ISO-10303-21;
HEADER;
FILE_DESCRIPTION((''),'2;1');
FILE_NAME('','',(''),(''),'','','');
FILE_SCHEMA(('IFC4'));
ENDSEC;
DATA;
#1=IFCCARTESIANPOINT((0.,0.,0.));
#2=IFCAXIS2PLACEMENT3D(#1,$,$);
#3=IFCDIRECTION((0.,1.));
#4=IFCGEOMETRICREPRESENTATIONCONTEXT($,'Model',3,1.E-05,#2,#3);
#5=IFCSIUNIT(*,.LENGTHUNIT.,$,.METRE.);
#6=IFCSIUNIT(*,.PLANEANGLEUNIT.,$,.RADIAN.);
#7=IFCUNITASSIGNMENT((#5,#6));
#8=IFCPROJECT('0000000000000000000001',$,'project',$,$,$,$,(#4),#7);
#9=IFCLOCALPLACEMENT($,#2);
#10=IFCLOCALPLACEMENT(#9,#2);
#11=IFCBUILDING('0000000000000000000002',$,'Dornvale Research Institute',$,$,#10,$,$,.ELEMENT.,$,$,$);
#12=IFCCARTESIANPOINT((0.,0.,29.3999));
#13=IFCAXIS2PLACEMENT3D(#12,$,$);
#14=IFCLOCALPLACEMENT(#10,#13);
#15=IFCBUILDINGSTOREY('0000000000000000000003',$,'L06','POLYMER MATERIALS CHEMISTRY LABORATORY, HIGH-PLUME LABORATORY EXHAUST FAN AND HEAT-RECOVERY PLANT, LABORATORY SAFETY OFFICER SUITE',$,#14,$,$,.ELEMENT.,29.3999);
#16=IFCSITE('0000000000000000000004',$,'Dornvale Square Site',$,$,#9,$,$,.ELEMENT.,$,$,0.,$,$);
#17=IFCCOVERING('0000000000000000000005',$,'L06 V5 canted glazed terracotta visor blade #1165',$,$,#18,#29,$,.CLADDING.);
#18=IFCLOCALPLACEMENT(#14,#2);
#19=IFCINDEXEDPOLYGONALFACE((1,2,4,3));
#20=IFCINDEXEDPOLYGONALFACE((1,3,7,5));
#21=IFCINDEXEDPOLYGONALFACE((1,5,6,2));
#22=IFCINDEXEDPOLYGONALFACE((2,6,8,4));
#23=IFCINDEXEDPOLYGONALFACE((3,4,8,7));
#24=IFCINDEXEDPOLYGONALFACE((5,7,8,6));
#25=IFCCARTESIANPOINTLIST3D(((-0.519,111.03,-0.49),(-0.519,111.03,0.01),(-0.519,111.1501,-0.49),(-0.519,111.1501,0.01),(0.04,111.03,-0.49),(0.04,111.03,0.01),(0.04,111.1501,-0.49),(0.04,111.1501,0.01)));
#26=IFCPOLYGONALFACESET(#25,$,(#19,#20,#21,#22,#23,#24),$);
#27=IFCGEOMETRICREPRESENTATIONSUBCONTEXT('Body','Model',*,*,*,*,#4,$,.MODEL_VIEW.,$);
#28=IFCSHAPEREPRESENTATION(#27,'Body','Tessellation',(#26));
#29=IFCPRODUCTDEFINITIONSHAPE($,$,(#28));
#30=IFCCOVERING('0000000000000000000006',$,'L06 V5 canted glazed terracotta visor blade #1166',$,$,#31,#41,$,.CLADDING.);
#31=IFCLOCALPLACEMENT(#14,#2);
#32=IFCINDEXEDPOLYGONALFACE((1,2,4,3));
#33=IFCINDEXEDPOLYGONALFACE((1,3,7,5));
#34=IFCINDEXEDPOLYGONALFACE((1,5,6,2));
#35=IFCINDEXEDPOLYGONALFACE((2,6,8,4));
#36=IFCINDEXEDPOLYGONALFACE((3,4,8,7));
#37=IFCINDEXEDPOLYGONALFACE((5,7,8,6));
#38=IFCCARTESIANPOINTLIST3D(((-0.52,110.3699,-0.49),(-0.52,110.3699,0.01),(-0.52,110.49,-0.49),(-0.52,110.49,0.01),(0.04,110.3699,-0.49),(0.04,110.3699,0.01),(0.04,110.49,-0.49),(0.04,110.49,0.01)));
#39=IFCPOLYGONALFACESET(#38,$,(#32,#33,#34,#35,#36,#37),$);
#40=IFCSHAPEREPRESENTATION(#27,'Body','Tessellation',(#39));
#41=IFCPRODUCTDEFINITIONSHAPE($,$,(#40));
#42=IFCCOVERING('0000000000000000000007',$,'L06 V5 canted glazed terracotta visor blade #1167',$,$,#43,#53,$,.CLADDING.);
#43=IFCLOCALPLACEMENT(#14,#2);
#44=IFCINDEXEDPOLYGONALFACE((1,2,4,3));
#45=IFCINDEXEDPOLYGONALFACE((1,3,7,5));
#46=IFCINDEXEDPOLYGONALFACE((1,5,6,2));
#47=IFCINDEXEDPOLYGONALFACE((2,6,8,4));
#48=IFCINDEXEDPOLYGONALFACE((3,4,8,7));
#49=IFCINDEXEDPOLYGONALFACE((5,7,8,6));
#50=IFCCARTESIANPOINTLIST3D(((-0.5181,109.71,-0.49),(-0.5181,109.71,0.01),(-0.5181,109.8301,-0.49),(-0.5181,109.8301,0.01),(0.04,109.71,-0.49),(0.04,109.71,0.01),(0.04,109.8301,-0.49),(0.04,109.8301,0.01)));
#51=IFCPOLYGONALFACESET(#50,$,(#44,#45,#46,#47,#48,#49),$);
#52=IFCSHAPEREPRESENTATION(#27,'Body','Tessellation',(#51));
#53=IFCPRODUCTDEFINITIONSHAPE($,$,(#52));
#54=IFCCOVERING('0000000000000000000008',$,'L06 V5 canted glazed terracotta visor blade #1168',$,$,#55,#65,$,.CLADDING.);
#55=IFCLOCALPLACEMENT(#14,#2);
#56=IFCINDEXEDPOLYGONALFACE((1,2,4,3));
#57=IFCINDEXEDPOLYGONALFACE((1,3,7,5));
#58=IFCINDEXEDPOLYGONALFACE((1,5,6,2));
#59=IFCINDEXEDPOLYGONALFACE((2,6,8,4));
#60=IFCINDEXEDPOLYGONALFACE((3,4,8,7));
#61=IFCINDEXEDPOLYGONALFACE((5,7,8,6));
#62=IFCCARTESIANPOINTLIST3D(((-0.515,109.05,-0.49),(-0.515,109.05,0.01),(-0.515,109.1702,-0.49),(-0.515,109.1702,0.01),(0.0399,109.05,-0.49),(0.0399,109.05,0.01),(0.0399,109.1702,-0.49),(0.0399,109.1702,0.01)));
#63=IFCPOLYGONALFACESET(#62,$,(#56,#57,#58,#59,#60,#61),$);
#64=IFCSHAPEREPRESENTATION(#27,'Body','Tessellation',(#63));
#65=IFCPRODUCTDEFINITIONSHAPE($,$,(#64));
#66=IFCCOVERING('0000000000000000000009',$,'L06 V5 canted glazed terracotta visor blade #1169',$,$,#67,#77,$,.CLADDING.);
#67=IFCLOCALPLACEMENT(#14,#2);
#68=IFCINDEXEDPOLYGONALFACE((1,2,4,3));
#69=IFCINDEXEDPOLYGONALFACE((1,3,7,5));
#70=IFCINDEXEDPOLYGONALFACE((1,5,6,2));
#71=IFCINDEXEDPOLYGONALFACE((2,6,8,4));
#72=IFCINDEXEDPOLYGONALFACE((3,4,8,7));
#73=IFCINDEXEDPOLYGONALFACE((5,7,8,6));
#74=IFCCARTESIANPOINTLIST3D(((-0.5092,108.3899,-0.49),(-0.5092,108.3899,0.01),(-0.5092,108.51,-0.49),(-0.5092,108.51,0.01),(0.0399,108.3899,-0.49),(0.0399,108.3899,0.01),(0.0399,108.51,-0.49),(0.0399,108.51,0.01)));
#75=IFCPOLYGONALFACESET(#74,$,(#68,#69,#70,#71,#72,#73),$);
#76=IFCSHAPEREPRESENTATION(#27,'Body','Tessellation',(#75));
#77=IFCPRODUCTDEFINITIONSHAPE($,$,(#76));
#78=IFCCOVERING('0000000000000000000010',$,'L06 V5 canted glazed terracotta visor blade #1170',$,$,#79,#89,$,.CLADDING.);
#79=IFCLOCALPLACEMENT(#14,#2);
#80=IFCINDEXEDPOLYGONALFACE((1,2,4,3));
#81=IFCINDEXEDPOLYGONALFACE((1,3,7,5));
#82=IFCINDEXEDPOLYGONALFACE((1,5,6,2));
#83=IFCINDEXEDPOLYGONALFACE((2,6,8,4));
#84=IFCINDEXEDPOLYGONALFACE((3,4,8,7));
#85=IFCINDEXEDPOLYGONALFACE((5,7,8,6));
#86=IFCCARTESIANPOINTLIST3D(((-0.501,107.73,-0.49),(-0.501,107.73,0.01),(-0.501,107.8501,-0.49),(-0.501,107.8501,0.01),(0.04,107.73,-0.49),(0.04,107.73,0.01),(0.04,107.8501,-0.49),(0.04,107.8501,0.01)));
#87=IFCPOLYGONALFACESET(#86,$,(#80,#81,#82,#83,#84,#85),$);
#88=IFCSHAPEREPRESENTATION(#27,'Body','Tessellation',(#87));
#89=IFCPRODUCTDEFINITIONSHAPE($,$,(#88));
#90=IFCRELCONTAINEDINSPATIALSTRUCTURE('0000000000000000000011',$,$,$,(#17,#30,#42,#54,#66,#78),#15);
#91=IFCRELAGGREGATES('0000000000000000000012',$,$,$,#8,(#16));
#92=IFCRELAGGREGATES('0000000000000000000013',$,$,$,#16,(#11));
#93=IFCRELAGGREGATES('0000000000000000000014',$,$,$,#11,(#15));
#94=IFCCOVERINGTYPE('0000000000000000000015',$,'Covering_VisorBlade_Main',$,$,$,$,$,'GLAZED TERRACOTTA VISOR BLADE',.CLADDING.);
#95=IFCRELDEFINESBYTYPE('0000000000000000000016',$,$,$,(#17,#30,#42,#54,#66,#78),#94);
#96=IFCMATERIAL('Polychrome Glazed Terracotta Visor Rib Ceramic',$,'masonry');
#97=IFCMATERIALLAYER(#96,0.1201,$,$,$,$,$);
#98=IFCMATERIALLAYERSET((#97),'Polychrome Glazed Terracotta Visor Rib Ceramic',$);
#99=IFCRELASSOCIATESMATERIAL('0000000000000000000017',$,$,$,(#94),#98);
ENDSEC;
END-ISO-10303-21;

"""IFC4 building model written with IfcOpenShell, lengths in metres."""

from ifc_helpers import new_model, si_unit, direction, frame, origin, origin_2d, place, context, subcontext, project, spatial, rectangle, extrude, material, layer, layer_set, type_object, element, save


model = new_model("IFC4")

# Units and contexts
model_context = context("Model", 3, precision=1e-05, world=origin(), true_north=direction((0.0, 1.0)))
body_context = subcontext(model_context, "Body", "Model", "MODEL_VIEW")
ifc_project = project(units=[si_unit("LENGTHUNIT", "METRE"), si_unit("PLANEANGLEUNIT", "RADIAN")], contexts=[model_context])

# Site, building, storey
site_placement = place(None, origin())
site = spatial("IfcSite", under=ifc_project, at=site_placement, Name="Dornvale Square Site", CompositionType="ELEMENT", RefElevation=0.0)
building_placement = place(site_placement, origin())
building = spatial("IfcBuilding", under=site, at=building_placement, Name="Dornvale Research Institute", CompositionType="ELEMENT")
storey_placement = place(building_placement, frame((0.0, 0.0, 29.3999)))
storey = spatial("IfcBuildingStorey", under=building, at=storey_placement, Name="L06", Description="POLYMER MATERIALS CHEMISTRY LABORATORY, HIGH-PLUME LABORATORY EXHAUST FAN AND HEAT-RECOVERY PLANT, LABORATORY SAFETY OFFICER SUITE", CompositionType="ELEMENT", Elevation=29.3999)

# Coverings
ifc_material_1 = material(Name="Polychrome Glazed Terracotta Visor Rib Ceramic", Category="masonry")
ifc_layer_1 = layer(ifc_material_1, 0.1201)
ifc_layer_set_1 = layer_set([ifc_layer_1], Name="Polychrome Glazed Terracotta Visor Rib Ceramic")
covering_type = type_object("IfcCoveringType", Name="Covering_VisorBlade_Main", ElementType="GLAZED TERRACOTTA VISOR BLADE", PredefinedType="CLADDING", material=ifc_layer_set_1)
covering_1_placement = place(storey_placement, frame((-0.2395, 111.0901, -0.49), z_axis=(0.0, 0.0, 1.0), x_axis=(1.0, 0.0, 0.0)))
element("IfcCovering", 1, at=covering_1_placement, inside=storey, type_object=covering_type, Name="L06 V5 canted glazed terracotta visor blade #1165", PredefinedType="CLADDING", context=body_context, shape_type="SweptSolid", body=[
    extrude(rectangle(XDim=0.5591, YDim=0.1201, at=origin_2d()), origin(), (0.0, 0.0, 1.0), 0.5),
])
covering_2_placement = place(storey_placement, frame((-0.24, 110.4299, -0.49), z_axis=(0.0, 0.0, 1.0), x_axis=(1.0, 0.0, 0.0)))
element("IfcCovering", 2, at=covering_2_placement, inside=storey, type_object=covering_type, Name="L06 V5 canted glazed terracotta visor blade #1166", PredefinedType="CLADDING", context=body_context, shape_type="SweptSolid", body=[
    extrude(rectangle(XDim=0.5601, YDim=0.1201, at=origin_2d()), origin(), (0.0, 0.0, 1.0), 0.5),
])
covering_3_placement = place(storey_placement, frame((-0.239, 109.77, -0.49), z_axis=(0.0, 0.0, 1.0), x_axis=(1.0, 0.0, 0.0)))
element("IfcCovering", 3, at=covering_3_placement, inside=storey, type_object=covering_type, Name="L06 V5 canted glazed terracotta visor blade #1167", PredefinedType="CLADDING", context=body_context, shape_type="SweptSolid", body=[
    extrude(rectangle(XDim=0.5581, YDim=0.1201, at=origin_2d()), origin(), (0.0, 0.0, 1.0), 0.5),
])
covering_4_placement = place(storey_placement, frame((-0.2375, 109.1101, -0.49), z_axis=(0.0, 0.0, 1.0), x_axis=(1.0, 0.0, 0.0)))
element("IfcCovering", 4, at=covering_4_placement, inside=storey, type_object=covering_type, Name="L06 V5 canted glazed terracotta visor blade #1168", PredefinedType="CLADDING", context=body_context, shape_type="SweptSolid", body=[
    extrude(rectangle(XDim=0.5549, YDim=0.1201, at=origin_2d()), origin(), (0.0, 0.0, 1.0), 0.5),
])
covering_5_placement = place(storey_placement, frame((-0.2346, 108.45, -0.49), z_axis=(0.0, 0.0, 1.0), x_axis=(1.0, 0.0, 0.0)))
element("IfcCovering", 5, at=covering_5_placement, inside=storey, type_object=covering_type, Name="L06 V5 canted glazed terracotta visor blade #1169", PredefinedType="CLADDING", context=body_context, shape_type="SweptSolid", body=[
    extrude(rectangle(XDim=0.5491, YDim=0.1201, at=origin_2d()), origin(), (0.0, 0.0, 1.0), 0.5),
])
covering_6_placement = place(storey_placement, frame((-0.2305, 107.79, -0.49), z_axis=(0.0, 0.0, 1.0), x_axis=(1.0, 0.0, 0.0)))
element("IfcCovering", 6, at=covering_6_placement, inside=storey, type_object=covering_type, Name="L06 V5 canted glazed terracotta visor blade #1170", PredefinedType="CLADDING", context=body_context, shape_type="SweptSolid", body=[
    extrude(rectangle(XDim=0.541, YDim=0.1201, at=origin_2d()), origin(), (0.0, 0.0, 1.0), 0.5),
])

save(model, "model.ifc")
